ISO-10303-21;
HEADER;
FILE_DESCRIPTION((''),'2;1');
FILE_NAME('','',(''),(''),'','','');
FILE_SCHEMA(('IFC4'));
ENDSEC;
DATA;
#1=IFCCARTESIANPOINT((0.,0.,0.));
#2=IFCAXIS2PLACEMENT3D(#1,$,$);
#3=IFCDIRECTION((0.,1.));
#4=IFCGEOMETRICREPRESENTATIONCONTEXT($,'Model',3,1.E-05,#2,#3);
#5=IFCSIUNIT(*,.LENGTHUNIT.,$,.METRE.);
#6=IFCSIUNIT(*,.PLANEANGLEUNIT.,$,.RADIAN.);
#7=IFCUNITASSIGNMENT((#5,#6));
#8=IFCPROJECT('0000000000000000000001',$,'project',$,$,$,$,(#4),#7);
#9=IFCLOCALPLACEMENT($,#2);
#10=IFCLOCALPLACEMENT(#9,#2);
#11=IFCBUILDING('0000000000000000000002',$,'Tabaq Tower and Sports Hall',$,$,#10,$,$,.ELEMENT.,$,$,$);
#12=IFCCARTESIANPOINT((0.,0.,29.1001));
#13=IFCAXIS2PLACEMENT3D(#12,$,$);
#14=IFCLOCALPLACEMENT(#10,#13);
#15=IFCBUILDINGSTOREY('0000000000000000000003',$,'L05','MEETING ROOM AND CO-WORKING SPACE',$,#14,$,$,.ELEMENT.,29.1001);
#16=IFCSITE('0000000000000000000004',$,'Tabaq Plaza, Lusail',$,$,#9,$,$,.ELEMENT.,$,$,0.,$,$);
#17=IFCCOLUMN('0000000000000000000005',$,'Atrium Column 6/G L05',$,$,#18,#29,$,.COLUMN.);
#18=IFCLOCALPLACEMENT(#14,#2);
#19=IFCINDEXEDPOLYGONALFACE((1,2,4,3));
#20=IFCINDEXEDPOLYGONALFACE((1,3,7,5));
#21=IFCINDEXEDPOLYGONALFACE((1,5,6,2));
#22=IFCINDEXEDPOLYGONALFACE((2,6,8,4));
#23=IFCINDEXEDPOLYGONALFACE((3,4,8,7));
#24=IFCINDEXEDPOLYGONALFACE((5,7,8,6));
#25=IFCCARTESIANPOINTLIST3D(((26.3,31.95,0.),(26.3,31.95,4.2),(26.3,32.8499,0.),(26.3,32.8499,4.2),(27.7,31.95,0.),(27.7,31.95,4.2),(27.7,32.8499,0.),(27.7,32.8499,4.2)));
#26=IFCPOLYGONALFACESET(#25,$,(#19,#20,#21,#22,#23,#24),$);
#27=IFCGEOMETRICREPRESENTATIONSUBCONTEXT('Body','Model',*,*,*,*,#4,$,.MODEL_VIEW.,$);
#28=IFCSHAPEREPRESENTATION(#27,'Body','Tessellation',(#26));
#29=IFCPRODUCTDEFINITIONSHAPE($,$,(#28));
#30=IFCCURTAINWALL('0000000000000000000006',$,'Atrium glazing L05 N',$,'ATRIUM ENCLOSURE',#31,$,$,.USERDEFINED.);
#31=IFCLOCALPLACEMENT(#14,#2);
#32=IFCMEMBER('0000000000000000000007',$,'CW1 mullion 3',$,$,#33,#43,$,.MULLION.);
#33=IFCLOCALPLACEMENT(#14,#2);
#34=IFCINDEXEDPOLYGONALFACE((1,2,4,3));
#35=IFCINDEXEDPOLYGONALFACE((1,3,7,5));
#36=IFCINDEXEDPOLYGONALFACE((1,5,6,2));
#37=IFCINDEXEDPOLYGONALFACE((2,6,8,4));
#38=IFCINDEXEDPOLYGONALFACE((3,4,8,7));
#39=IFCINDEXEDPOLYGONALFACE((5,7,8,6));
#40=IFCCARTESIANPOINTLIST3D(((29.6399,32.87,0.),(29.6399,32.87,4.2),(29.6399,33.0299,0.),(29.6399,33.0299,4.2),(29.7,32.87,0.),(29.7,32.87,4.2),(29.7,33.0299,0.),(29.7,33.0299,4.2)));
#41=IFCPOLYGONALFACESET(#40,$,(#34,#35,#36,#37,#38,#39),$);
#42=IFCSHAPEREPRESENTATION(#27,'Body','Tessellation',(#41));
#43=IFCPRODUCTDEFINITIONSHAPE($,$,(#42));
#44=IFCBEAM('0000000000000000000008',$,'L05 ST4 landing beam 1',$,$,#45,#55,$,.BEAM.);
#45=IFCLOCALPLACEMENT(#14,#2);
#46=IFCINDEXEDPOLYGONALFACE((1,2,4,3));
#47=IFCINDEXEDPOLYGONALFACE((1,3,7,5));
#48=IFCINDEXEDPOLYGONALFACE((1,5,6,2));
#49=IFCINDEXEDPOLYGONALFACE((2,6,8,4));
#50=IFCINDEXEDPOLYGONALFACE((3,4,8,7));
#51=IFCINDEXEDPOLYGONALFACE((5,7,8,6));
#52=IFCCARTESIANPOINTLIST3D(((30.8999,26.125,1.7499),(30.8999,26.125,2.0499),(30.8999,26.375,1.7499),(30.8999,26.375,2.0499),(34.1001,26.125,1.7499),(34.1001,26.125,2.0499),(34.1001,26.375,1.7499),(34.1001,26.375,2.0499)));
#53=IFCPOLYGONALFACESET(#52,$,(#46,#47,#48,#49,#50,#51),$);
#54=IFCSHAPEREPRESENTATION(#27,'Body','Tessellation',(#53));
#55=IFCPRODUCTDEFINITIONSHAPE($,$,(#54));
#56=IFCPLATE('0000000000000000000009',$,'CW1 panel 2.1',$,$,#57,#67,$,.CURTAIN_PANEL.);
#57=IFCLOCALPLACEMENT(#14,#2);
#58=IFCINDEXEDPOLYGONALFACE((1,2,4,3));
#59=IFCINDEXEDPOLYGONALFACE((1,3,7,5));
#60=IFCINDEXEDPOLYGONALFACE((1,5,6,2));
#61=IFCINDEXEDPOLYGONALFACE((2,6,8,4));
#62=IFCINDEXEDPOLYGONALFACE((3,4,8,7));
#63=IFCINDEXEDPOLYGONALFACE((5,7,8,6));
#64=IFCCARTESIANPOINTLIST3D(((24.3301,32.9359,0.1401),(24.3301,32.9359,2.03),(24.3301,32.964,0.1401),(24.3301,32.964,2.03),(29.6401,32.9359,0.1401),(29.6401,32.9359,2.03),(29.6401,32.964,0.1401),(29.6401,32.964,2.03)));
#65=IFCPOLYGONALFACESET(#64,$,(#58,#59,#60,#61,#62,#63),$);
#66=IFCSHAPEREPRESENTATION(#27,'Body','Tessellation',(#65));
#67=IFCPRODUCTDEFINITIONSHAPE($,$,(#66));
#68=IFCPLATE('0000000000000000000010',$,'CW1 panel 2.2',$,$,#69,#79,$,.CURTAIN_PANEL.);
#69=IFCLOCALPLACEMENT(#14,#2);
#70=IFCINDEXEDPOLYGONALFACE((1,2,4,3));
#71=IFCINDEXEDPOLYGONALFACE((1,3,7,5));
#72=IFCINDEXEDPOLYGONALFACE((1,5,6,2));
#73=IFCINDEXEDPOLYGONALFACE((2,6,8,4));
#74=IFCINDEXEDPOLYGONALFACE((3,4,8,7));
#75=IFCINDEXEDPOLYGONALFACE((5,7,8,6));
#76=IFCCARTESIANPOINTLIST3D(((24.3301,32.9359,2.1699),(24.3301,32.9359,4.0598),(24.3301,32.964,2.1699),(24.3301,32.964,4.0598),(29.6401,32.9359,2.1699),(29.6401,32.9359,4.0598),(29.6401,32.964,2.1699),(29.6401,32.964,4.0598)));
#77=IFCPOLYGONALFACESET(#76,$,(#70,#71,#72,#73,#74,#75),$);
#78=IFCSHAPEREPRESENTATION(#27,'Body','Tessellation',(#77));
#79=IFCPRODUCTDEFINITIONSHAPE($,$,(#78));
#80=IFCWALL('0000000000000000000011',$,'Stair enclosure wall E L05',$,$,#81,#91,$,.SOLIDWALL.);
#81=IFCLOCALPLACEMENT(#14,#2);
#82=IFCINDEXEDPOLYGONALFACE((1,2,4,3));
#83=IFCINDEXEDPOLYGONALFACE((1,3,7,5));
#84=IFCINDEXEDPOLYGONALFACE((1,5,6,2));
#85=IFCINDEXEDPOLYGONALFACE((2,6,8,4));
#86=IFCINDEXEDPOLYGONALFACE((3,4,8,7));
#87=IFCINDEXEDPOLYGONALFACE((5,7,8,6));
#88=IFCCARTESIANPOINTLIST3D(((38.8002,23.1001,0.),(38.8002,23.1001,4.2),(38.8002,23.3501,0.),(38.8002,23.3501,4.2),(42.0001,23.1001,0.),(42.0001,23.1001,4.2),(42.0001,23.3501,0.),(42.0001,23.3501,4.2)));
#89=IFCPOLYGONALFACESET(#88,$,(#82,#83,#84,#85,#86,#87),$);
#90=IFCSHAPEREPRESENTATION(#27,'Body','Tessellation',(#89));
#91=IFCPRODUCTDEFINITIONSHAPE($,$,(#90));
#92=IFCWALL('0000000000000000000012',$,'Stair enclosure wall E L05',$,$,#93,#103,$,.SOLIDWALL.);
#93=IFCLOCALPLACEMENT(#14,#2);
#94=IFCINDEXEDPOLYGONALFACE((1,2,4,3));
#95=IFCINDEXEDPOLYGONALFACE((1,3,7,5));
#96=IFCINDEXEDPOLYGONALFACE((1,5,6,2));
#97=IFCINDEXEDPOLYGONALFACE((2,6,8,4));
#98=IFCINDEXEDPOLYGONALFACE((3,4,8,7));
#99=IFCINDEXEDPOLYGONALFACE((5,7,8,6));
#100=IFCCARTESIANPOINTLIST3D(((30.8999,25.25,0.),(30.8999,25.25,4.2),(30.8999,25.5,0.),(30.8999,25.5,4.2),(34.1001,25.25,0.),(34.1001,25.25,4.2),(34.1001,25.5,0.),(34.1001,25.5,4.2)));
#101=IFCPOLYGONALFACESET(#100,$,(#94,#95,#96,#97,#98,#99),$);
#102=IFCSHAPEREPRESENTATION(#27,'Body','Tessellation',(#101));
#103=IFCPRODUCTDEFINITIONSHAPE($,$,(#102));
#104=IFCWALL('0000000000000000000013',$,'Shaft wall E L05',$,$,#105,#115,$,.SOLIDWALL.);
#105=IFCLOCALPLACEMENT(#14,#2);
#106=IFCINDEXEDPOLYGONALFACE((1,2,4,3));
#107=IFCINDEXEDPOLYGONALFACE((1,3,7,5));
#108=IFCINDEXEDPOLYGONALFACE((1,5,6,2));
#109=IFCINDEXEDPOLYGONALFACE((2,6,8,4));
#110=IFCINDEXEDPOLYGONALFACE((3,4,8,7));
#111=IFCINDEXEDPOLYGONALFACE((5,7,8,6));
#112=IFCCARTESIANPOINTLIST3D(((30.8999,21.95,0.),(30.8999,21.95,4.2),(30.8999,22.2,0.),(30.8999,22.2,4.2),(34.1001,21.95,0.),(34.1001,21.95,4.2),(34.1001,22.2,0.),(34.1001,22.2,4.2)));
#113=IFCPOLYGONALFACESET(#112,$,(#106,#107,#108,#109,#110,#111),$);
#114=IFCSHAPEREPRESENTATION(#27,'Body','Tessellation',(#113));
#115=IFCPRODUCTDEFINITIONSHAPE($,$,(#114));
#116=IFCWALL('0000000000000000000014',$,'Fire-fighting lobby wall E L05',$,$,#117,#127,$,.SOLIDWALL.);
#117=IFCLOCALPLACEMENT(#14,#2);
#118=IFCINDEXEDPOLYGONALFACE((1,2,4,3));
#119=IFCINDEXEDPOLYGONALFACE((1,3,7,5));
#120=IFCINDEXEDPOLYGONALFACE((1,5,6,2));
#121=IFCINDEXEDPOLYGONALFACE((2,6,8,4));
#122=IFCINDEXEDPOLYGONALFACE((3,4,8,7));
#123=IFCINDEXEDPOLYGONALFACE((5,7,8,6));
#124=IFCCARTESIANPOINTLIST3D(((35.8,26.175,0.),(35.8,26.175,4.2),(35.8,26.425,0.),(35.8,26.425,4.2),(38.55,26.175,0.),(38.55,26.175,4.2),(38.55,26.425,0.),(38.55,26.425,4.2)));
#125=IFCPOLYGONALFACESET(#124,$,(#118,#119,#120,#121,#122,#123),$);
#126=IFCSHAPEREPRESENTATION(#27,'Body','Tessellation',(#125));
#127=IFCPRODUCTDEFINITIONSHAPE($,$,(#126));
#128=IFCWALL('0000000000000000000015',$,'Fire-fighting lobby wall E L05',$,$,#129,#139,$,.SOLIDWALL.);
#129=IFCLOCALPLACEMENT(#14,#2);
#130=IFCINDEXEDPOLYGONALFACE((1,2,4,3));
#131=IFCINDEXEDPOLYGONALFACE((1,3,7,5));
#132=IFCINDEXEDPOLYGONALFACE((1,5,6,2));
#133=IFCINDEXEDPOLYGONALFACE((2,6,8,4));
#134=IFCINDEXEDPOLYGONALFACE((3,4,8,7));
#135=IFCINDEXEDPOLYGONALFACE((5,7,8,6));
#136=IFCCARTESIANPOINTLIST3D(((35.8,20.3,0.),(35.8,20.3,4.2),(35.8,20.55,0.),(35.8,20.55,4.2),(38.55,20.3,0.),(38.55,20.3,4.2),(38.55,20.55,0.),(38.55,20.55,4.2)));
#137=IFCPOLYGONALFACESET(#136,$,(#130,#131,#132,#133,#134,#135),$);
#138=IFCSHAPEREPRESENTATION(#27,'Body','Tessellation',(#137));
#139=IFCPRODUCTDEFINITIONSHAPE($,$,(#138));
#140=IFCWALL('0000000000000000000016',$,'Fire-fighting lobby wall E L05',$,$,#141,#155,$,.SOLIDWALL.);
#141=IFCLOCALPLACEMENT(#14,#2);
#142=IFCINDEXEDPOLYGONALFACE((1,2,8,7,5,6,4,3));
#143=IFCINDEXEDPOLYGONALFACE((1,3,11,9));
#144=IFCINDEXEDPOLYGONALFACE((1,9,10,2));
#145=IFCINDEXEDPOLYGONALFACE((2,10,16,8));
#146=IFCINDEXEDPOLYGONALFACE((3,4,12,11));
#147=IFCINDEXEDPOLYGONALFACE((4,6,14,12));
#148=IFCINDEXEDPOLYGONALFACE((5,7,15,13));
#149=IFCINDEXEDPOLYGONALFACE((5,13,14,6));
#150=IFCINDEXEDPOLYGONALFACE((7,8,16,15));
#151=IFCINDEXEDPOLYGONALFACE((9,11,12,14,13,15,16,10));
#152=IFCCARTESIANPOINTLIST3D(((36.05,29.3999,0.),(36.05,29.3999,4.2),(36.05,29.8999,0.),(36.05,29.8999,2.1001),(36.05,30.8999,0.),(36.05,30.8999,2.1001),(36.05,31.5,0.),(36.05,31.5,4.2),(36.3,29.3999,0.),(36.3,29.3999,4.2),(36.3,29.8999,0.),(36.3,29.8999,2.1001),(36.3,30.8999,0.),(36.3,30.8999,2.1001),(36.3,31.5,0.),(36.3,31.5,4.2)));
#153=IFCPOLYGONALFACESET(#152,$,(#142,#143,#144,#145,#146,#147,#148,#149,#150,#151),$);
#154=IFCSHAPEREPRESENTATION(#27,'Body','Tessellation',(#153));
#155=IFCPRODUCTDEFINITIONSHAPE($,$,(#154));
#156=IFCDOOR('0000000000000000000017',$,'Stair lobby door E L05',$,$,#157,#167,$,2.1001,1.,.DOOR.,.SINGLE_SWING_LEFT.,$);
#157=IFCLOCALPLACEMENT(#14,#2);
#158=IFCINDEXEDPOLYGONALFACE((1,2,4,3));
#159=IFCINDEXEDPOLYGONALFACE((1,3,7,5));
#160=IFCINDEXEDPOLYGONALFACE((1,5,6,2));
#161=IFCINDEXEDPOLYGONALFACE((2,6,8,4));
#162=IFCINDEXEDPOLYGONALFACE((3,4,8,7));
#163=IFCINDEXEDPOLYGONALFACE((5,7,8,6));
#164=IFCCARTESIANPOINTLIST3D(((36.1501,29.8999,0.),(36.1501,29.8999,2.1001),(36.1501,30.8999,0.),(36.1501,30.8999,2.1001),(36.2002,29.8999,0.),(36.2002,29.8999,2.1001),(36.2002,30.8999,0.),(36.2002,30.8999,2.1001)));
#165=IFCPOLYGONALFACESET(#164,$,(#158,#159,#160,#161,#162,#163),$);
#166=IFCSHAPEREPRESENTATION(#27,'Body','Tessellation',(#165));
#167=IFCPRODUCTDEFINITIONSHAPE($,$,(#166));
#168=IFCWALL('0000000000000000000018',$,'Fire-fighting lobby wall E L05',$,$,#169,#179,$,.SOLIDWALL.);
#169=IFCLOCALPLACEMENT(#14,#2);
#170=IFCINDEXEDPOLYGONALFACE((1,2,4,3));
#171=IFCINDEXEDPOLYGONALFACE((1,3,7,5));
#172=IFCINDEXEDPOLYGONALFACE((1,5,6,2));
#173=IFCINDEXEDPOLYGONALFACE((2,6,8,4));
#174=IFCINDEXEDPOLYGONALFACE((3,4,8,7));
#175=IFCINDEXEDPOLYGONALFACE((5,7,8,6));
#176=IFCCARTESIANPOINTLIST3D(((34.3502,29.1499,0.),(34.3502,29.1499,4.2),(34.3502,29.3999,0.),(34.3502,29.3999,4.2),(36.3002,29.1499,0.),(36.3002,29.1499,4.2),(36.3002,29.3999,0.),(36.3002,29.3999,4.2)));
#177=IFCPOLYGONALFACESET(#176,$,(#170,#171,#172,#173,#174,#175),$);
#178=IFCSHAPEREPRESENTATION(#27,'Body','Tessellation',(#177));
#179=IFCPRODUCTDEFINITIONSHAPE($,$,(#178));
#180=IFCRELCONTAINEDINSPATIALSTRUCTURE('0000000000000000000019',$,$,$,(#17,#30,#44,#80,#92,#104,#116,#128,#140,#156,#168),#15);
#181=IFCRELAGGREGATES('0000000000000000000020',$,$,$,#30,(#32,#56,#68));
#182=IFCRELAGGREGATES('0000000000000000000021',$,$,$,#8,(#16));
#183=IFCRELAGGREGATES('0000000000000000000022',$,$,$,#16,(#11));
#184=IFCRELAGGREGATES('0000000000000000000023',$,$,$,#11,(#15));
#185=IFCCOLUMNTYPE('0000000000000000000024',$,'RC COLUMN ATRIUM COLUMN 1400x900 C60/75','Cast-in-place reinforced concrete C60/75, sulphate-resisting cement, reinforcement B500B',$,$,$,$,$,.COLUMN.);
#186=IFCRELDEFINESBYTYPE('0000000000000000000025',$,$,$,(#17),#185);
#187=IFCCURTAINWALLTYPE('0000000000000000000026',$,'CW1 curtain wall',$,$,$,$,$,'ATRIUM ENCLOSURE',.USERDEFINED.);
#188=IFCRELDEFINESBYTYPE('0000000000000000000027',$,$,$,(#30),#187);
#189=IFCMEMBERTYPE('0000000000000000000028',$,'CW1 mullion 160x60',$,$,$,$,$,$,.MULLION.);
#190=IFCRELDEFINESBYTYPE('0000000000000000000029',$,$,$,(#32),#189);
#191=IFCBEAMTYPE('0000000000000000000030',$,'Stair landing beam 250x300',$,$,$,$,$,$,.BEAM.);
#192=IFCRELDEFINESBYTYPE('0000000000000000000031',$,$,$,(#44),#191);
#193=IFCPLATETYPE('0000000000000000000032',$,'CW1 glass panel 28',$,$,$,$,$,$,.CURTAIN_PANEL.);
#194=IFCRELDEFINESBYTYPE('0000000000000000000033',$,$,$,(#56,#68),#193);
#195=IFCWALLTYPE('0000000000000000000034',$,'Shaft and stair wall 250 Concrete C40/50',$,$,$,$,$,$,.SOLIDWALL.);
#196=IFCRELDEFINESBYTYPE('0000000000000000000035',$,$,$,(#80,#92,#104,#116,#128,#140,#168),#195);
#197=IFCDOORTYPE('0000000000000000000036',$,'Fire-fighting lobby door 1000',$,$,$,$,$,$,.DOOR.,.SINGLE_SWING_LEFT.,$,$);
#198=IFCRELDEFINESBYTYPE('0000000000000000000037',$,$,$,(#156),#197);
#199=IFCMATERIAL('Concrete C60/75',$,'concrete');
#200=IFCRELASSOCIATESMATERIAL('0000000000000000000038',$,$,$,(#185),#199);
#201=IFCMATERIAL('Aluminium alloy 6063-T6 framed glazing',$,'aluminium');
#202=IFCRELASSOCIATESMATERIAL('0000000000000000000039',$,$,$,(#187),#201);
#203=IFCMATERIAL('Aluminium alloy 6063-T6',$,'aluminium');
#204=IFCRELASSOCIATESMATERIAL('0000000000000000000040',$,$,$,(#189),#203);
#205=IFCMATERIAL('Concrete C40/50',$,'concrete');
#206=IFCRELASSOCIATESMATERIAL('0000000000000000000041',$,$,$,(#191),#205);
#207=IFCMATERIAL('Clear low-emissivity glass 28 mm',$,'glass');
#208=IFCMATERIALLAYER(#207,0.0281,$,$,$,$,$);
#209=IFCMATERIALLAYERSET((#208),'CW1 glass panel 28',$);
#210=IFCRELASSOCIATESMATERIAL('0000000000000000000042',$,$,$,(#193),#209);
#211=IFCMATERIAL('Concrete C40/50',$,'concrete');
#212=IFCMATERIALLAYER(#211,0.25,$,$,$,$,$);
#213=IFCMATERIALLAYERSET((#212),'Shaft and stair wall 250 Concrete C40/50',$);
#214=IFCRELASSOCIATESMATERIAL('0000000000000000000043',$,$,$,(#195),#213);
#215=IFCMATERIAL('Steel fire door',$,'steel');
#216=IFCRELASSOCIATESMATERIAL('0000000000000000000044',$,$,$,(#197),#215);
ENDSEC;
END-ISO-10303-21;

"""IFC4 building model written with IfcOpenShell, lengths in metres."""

from ifc_helpers import new_model, si_unit, direction, frame, frame_2d, origin, origin_2d, place, context, subcontext, project, spatial, rectangle, extrude, material, layer, layer_set, material_profile, profile_set, type_object, element, fill, aggregate, save


model = new_model("IFC4")

# Units and contexts
model_context = context("Model", 3, precision=1e-05, world=origin(), true_north=direction((0.0, 1.0)))
body_context = subcontext(model_context, "Body", "Model", "MODEL_VIEW")
ifc_project = project(units=[si_unit("LENGTHUNIT", "METRE"), si_unit("PLANEANGLEUNIT", "RADIAN")], contexts=[model_context])

# Site, building, storey
site_placement = place(None, origin())
site = spatial("IfcSite", under=ifc_project, at=site_placement, Name="Tabaq Plaza, Lusail", CompositionType="ELEMENT", RefElevation=0.0)
building_placement = place(site_placement, origin())
building = spatial("IfcBuilding", under=site, at=building_placement, Name="Tabaq Tower and Sports Hall", CompositionType="ELEMENT")
storey_placement = place(building_placement, frame((0.0, 0.0, 29.1001)))
storey = spatial("IfcBuildingStorey", under=building, at=storey_placement, Name="L05", Description="MEETING ROOM AND CO-WORKING SPACE", CompositionType="ELEMENT", Elevation=29.1001)

# Column
ifc_material_1 = material(Name="Concrete C60/75", Category="concrete")
ifc_material_profile_1 = material_profile(ifc_material_1, rectangle(XDim=1.3999, YDim=0.8999, at=origin_2d()), Name="ATRIUM COLUMN 1400x900")
ifc_profile_set_1 = profile_set([ifc_material_profile_1], Name="Concrete C60/75")
column_type = type_object("IfcColumnType", Name="RC COLUMN ATRIUM COLUMN 1400x900 C60/75", Description="Cast-in-place reinforced concrete C60/75, sulphate-resisting cement, reinforcement B500B", PredefinedType="COLUMN", material=ifc_profile_set_1)
column_placement = place(storey_placement, frame((27.0, 32.3999, 0.0), z_axis=(0.0, 0.0, 1.0), x_axis=(1.0, 0.0, 0.0)))
element("IfcColumn", 1, at=column_placement, inside=storey, type_object=column_type, Name="Atrium Column 6/G L05", PredefinedType="COLUMN", context=body_context, shape_type="SweptSolid", body=[
    extrude(rectangle(XDim=1.3999, YDim=0.8999, at=origin_2d()), origin(), (0.0, 0.0, 1.0), 4.2),
])

# Curtain wall, member
ifc_material_2 = material(Name="Aluminium alloy 6063-T6 framed glazing", Category="aluminium")
curtain_wall_type = type_object("IfcCurtainWallType", Name="CW1 curtain wall", ElementType="ATRIUM ENCLOSURE", PredefinedType="USERDEFINED", material=ifc_material_2)
curtain_wall_placement = place(storey_placement, origin())
curtain_wall = element("IfcCurtainWall", 2, at=curtain_wall_placement, inside=storey, type_object=curtain_wall_type, Name="Atrium glazing L05 N", ObjectType="ATRIUM ENCLOSURE", PredefinedType="USERDEFINED")
ifc_material_3 = material(Name="Aluminium alloy 6063-T6", Category="aluminium")
ifc_material_profile_2 = material_profile(ifc_material_3, rectangle(XDim=0.1599, YDim=0.0601, at=origin_2d()), Name="MULLION 160x60")
ifc_profile_set_2 = profile_set([ifc_material_profile_2], Name="Aluminium alloy 6063-T6")
member_type = type_object("IfcMemberType", Name="CW1 mullion 160x60", PredefinedType="MULLION", material=ifc_profile_set_2)
member_placement = place(storey_placement, frame((29.6699, 32.95, 0.0), z_axis=(0.0, 0.0, 1.0), x_axis=(0.0, 1.0, 0.0)))
member = element("IfcMember", 3, at=member_placement, type_object=member_type, Name="CW1 mullion 3", PredefinedType="MULLION", context=body_context, shape_type="SweptSolid", body=[
    extrude(rectangle(XDim=0.1599, YDim=0.0601, at=origin_2d()), origin(), (0.0, 0.0, 1.0), 4.2),
])

# Beam
ifc_material_4 = material(Name="Concrete C40/50", Category="concrete")
ifc_material_profile_3 = material_profile(ifc_material_4, rectangle(XDim=0.25, YDim=0.3, at=origin_2d()), Name="RC 250x300")
ifc_profile_set_3 = profile_set([ifc_material_profile_3], Name="Concrete C40/50")
beam_type = type_object("IfcBeamType", Name="Stair landing beam 250x300", PredefinedType="BEAM", material=ifc_profile_set_3)
beam_placement = place(storey_placement, frame((30.8999, 26.25, 1.8999), z_axis=(1.0, 0.0, 0.0), x_axis=(0.0, 1.0, 0.0)))
element("IfcBeam", 4, at=beam_placement, inside=storey, type_object=beam_type, Name="L05 ST4 landing beam 1", PredefinedType="BEAM", context=body_context, shape_type="SweptSolid", body=[
    extrude(rectangle(XDim=0.25, YDim=0.3, at=origin_2d()), origin(), (0.0, 0.0, 1.0), 3.2002),
])

# Plates
ifc_material_5 = material(Name="Clear low-emissivity glass 28 mm", Category="glass")
ifc_layer_1 = layer(ifc_material_5, 0.0281)
ifc_layer_set_1 = layer_set([ifc_layer_1], Name="CW1 glass panel 28")
plate_type = type_object("IfcPlateType", Name="CW1 glass panel 28", PredefinedType="CURTAIN_PANEL", material=ifc_layer_set_1)
plate_1_placement = place(storey_placement, frame((26.9851, 32.95, 0.1401), z_axis=(0.0, 0.0, 1.0), x_axis=(1.0, 0.0, 0.0)))
plate_1 = element("IfcPlate", 5, at=plate_1_placement, type_object=plate_type, Name="CW1 panel 2.1", PredefinedType="CURTAIN_PANEL", context=body_context, shape_type="SweptSolid", body=[
    extrude(rectangle(XDim=5.3101, YDim=0.0281, at=origin_2d()), origin(), (0.0, 0.0, 1.0), 1.8899),
])
plate_2_placement = place(storey_placement, frame((26.9851, 32.95, 2.1699), z_axis=(0.0, 0.0, 1.0), x_axis=(1.0, 0.0, 0.0)))
plate_2 = element("IfcPlate", 6, at=plate_2_placement, type_object=plate_type, Name="CW1 panel 2.2", PredefinedType="CURTAIN_PANEL", context=body_context, shape_type="SweptSolid", body=[
    extrude(rectangle(XDim=5.3101, YDim=0.0281, at=origin_2d()), origin(), (0.0, 0.0, 1.0), 1.8899),
])
aggregate(curtain_wall, [member, plate_1, plate_2])

# Walls
ifc_material_6 = material(Name="Concrete C40/50", Category="concrete")
ifc_layer_2 = layer(ifc_material_6, 0.25)
ifc_layer_set_2 = layer_set([ifc_layer_2], Name="Shaft and stair wall 250 Concrete C40/50")
wall_type_1 = type_object("IfcWallType", Name="Shaft and stair wall 250 Concrete C40/50", PredefinedType="SOLIDWALL", material=ifc_layer_set_2)
wall_1_placement = place(storey_placement, frame((38.8, 23.2251, 0.0), z_axis=(0.0, 0.0, 1.0), x_axis=(1.0, 0.0, 0.0)))
element("IfcWall", 7, at=wall_1_placement, inside=storey, type_object=wall_type_1, Name="Stair enclosure wall E L05", PredefinedType="SOLIDWALL", context=body_context, shape_type="SweptSolid", body=[
    extrude(rectangle(XDim=3.2, YDim=0.25, at=frame_2d((1.6001, 0.0))), origin(), (0.0, 0.0, 1.0), 4.2),
])
for number, where, z_axis, x_axis, name in (
    (8, (30.8999, 25.375, 0.0), (0.0, 0.0, 1.0), (1.0, 0.0, 0.0), "Stair enclosure wall E L05"),
    (9, (30.8999, 22.075, 0.0), (0.0, 0.0, 1.0), (1.0, 0.0, 0.0), "Shaft wall E L05"),
):
    element("IfcWall", number, at=place(storey_placement, frame(where, z_axis=z_axis, x_axis=x_axis)), inside=storey, type_object=wall_type_1, Name=name, PredefinedType="SOLIDWALL", context=body_context, shape_type="SweptSolid", body=[
        extrude(rectangle(XDim=3.2002, YDim=0.25, at=frame_2d((1.6001, 0.0))), origin(), (0.0, 0.0, 1.0), 4.2),
    ])
for number, where, z_axis, x_axis, name in (
    (10, (35.8, 26.3, 0.0), (0.0, 0.0, 1.0), (1.0, 0.0, 0.0), "Fire-fighting lobby wall E L05"),
    (11, (35.8, 20.425, 0.0), (0.0, 0.0, 1.0), (1.0, 0.0, 0.0), "Fire-fighting lobby wall E L05"),
):
    element("IfcWall", number, at=place(storey_placement, frame(where, z_axis=z_axis, x_axis=x_axis)), inside=storey, type_object=wall_type_1, Name=name, PredefinedType="SOLIDWALL", context=body_context, shape_type="SweptSolid", body=[
        extrude(rectangle(XDim=2.75, YDim=0.25, at=frame_2d((1.375, 0.0))), origin(), (0.0, 0.0, 1.0), 4.2),
    ])

# Wall, opening, door
wall_2_placement = place(storey_placement, frame((36.175, 29.3999, 0.0), z_axis=(0.0, 0.0, 1.0), x_axis=(0.0, 1.0, 0.0)))
wall_2 = element("IfcWall", 12, at=wall_2_placement, inside=storey, type_object=wall_type_1, Name="Fire-fighting lobby wall E L05", PredefinedType="SOLIDWALL", context=body_context, shape_type="SweptSolid", body=[
    extrude(rectangle(XDim=2.1001, YDim=0.25, at=frame_2d((1.05, 0.0))), origin(), (0.0, 0.0, 1.0), 4.2),
])
opening_1_placement = place(wall_2_placement, frame((0.5, 0.0, 0.0)))
opening_1 = element("IfcOpeningElement", 13, at=opening_1_placement, cuts=wall_2, PredefinedType="OPENING", context=body_context, shape_type="SweptSolid", body=[
    extrude(rectangle(XDim=1.0, YDim=2.1001, at=frame_2d((0.5, 1.05))), frame((0.0, 0.125, 0.0), z_axis=(0.0, -1.0, 0.0), x_axis=(1.0, 0.0, 0.0)), (0.0, 0.0, 1.0), 0.25),
])
ifc_material_7 = material(Name="Steel fire door", Category="steel")
door_type_1 = type_object("IfcDoorType", Name="Fire-fighting lobby door 1000", OperationType="SINGLE_SWING_LEFT", PredefinedType="DOOR", material=ifc_material_7)
door_1_placement = place(opening_1_placement, origin())
door_1 = element("IfcDoor", 14, at=door_1_placement, inside=storey, type_object=door_type_1, Name="Stair lobby door E L05", OperationType="SINGLE_SWING_LEFT", OverallHeight=2.1001, OverallWidth=1.0, PredefinedType="DOOR", context=body_context, shape_type="SweptSolid", body=[
    extrude(rectangle(XDim=1.0, YDim=2.1001, at=frame_2d((0.5, 1.05))), frame((0.0, 0.0249, 0.0), z_axis=(0.0, -1.0, 0.0), x_axis=(1.0, 0.0, 0.0)), (0.0, 0.0, 1.0), 0.05),
])
fill(opening_1, door_1)

# Wall
wall_3_placement = place(storey_placement, frame((34.3501, 29.2749, 0.0), z_axis=(0.0, 0.0, 1.0), x_axis=(1.0, 0.0, 0.0)))
element("IfcWall", 15, at=wall_3_placement, inside=storey, type_object=wall_type_1, Name="Fire-fighting lobby wall E L05", PredefinedType="SOLIDWALL", context=body_context, shape_type="SweptSolid", body=[
    extrude(rectangle(XDim=1.95, YDim=0.25, at=frame_2d((0.9751, 0.0))), origin(), (0.0, 0.0, 1.0), 4.2),
])

save(model, "model.ifc")
